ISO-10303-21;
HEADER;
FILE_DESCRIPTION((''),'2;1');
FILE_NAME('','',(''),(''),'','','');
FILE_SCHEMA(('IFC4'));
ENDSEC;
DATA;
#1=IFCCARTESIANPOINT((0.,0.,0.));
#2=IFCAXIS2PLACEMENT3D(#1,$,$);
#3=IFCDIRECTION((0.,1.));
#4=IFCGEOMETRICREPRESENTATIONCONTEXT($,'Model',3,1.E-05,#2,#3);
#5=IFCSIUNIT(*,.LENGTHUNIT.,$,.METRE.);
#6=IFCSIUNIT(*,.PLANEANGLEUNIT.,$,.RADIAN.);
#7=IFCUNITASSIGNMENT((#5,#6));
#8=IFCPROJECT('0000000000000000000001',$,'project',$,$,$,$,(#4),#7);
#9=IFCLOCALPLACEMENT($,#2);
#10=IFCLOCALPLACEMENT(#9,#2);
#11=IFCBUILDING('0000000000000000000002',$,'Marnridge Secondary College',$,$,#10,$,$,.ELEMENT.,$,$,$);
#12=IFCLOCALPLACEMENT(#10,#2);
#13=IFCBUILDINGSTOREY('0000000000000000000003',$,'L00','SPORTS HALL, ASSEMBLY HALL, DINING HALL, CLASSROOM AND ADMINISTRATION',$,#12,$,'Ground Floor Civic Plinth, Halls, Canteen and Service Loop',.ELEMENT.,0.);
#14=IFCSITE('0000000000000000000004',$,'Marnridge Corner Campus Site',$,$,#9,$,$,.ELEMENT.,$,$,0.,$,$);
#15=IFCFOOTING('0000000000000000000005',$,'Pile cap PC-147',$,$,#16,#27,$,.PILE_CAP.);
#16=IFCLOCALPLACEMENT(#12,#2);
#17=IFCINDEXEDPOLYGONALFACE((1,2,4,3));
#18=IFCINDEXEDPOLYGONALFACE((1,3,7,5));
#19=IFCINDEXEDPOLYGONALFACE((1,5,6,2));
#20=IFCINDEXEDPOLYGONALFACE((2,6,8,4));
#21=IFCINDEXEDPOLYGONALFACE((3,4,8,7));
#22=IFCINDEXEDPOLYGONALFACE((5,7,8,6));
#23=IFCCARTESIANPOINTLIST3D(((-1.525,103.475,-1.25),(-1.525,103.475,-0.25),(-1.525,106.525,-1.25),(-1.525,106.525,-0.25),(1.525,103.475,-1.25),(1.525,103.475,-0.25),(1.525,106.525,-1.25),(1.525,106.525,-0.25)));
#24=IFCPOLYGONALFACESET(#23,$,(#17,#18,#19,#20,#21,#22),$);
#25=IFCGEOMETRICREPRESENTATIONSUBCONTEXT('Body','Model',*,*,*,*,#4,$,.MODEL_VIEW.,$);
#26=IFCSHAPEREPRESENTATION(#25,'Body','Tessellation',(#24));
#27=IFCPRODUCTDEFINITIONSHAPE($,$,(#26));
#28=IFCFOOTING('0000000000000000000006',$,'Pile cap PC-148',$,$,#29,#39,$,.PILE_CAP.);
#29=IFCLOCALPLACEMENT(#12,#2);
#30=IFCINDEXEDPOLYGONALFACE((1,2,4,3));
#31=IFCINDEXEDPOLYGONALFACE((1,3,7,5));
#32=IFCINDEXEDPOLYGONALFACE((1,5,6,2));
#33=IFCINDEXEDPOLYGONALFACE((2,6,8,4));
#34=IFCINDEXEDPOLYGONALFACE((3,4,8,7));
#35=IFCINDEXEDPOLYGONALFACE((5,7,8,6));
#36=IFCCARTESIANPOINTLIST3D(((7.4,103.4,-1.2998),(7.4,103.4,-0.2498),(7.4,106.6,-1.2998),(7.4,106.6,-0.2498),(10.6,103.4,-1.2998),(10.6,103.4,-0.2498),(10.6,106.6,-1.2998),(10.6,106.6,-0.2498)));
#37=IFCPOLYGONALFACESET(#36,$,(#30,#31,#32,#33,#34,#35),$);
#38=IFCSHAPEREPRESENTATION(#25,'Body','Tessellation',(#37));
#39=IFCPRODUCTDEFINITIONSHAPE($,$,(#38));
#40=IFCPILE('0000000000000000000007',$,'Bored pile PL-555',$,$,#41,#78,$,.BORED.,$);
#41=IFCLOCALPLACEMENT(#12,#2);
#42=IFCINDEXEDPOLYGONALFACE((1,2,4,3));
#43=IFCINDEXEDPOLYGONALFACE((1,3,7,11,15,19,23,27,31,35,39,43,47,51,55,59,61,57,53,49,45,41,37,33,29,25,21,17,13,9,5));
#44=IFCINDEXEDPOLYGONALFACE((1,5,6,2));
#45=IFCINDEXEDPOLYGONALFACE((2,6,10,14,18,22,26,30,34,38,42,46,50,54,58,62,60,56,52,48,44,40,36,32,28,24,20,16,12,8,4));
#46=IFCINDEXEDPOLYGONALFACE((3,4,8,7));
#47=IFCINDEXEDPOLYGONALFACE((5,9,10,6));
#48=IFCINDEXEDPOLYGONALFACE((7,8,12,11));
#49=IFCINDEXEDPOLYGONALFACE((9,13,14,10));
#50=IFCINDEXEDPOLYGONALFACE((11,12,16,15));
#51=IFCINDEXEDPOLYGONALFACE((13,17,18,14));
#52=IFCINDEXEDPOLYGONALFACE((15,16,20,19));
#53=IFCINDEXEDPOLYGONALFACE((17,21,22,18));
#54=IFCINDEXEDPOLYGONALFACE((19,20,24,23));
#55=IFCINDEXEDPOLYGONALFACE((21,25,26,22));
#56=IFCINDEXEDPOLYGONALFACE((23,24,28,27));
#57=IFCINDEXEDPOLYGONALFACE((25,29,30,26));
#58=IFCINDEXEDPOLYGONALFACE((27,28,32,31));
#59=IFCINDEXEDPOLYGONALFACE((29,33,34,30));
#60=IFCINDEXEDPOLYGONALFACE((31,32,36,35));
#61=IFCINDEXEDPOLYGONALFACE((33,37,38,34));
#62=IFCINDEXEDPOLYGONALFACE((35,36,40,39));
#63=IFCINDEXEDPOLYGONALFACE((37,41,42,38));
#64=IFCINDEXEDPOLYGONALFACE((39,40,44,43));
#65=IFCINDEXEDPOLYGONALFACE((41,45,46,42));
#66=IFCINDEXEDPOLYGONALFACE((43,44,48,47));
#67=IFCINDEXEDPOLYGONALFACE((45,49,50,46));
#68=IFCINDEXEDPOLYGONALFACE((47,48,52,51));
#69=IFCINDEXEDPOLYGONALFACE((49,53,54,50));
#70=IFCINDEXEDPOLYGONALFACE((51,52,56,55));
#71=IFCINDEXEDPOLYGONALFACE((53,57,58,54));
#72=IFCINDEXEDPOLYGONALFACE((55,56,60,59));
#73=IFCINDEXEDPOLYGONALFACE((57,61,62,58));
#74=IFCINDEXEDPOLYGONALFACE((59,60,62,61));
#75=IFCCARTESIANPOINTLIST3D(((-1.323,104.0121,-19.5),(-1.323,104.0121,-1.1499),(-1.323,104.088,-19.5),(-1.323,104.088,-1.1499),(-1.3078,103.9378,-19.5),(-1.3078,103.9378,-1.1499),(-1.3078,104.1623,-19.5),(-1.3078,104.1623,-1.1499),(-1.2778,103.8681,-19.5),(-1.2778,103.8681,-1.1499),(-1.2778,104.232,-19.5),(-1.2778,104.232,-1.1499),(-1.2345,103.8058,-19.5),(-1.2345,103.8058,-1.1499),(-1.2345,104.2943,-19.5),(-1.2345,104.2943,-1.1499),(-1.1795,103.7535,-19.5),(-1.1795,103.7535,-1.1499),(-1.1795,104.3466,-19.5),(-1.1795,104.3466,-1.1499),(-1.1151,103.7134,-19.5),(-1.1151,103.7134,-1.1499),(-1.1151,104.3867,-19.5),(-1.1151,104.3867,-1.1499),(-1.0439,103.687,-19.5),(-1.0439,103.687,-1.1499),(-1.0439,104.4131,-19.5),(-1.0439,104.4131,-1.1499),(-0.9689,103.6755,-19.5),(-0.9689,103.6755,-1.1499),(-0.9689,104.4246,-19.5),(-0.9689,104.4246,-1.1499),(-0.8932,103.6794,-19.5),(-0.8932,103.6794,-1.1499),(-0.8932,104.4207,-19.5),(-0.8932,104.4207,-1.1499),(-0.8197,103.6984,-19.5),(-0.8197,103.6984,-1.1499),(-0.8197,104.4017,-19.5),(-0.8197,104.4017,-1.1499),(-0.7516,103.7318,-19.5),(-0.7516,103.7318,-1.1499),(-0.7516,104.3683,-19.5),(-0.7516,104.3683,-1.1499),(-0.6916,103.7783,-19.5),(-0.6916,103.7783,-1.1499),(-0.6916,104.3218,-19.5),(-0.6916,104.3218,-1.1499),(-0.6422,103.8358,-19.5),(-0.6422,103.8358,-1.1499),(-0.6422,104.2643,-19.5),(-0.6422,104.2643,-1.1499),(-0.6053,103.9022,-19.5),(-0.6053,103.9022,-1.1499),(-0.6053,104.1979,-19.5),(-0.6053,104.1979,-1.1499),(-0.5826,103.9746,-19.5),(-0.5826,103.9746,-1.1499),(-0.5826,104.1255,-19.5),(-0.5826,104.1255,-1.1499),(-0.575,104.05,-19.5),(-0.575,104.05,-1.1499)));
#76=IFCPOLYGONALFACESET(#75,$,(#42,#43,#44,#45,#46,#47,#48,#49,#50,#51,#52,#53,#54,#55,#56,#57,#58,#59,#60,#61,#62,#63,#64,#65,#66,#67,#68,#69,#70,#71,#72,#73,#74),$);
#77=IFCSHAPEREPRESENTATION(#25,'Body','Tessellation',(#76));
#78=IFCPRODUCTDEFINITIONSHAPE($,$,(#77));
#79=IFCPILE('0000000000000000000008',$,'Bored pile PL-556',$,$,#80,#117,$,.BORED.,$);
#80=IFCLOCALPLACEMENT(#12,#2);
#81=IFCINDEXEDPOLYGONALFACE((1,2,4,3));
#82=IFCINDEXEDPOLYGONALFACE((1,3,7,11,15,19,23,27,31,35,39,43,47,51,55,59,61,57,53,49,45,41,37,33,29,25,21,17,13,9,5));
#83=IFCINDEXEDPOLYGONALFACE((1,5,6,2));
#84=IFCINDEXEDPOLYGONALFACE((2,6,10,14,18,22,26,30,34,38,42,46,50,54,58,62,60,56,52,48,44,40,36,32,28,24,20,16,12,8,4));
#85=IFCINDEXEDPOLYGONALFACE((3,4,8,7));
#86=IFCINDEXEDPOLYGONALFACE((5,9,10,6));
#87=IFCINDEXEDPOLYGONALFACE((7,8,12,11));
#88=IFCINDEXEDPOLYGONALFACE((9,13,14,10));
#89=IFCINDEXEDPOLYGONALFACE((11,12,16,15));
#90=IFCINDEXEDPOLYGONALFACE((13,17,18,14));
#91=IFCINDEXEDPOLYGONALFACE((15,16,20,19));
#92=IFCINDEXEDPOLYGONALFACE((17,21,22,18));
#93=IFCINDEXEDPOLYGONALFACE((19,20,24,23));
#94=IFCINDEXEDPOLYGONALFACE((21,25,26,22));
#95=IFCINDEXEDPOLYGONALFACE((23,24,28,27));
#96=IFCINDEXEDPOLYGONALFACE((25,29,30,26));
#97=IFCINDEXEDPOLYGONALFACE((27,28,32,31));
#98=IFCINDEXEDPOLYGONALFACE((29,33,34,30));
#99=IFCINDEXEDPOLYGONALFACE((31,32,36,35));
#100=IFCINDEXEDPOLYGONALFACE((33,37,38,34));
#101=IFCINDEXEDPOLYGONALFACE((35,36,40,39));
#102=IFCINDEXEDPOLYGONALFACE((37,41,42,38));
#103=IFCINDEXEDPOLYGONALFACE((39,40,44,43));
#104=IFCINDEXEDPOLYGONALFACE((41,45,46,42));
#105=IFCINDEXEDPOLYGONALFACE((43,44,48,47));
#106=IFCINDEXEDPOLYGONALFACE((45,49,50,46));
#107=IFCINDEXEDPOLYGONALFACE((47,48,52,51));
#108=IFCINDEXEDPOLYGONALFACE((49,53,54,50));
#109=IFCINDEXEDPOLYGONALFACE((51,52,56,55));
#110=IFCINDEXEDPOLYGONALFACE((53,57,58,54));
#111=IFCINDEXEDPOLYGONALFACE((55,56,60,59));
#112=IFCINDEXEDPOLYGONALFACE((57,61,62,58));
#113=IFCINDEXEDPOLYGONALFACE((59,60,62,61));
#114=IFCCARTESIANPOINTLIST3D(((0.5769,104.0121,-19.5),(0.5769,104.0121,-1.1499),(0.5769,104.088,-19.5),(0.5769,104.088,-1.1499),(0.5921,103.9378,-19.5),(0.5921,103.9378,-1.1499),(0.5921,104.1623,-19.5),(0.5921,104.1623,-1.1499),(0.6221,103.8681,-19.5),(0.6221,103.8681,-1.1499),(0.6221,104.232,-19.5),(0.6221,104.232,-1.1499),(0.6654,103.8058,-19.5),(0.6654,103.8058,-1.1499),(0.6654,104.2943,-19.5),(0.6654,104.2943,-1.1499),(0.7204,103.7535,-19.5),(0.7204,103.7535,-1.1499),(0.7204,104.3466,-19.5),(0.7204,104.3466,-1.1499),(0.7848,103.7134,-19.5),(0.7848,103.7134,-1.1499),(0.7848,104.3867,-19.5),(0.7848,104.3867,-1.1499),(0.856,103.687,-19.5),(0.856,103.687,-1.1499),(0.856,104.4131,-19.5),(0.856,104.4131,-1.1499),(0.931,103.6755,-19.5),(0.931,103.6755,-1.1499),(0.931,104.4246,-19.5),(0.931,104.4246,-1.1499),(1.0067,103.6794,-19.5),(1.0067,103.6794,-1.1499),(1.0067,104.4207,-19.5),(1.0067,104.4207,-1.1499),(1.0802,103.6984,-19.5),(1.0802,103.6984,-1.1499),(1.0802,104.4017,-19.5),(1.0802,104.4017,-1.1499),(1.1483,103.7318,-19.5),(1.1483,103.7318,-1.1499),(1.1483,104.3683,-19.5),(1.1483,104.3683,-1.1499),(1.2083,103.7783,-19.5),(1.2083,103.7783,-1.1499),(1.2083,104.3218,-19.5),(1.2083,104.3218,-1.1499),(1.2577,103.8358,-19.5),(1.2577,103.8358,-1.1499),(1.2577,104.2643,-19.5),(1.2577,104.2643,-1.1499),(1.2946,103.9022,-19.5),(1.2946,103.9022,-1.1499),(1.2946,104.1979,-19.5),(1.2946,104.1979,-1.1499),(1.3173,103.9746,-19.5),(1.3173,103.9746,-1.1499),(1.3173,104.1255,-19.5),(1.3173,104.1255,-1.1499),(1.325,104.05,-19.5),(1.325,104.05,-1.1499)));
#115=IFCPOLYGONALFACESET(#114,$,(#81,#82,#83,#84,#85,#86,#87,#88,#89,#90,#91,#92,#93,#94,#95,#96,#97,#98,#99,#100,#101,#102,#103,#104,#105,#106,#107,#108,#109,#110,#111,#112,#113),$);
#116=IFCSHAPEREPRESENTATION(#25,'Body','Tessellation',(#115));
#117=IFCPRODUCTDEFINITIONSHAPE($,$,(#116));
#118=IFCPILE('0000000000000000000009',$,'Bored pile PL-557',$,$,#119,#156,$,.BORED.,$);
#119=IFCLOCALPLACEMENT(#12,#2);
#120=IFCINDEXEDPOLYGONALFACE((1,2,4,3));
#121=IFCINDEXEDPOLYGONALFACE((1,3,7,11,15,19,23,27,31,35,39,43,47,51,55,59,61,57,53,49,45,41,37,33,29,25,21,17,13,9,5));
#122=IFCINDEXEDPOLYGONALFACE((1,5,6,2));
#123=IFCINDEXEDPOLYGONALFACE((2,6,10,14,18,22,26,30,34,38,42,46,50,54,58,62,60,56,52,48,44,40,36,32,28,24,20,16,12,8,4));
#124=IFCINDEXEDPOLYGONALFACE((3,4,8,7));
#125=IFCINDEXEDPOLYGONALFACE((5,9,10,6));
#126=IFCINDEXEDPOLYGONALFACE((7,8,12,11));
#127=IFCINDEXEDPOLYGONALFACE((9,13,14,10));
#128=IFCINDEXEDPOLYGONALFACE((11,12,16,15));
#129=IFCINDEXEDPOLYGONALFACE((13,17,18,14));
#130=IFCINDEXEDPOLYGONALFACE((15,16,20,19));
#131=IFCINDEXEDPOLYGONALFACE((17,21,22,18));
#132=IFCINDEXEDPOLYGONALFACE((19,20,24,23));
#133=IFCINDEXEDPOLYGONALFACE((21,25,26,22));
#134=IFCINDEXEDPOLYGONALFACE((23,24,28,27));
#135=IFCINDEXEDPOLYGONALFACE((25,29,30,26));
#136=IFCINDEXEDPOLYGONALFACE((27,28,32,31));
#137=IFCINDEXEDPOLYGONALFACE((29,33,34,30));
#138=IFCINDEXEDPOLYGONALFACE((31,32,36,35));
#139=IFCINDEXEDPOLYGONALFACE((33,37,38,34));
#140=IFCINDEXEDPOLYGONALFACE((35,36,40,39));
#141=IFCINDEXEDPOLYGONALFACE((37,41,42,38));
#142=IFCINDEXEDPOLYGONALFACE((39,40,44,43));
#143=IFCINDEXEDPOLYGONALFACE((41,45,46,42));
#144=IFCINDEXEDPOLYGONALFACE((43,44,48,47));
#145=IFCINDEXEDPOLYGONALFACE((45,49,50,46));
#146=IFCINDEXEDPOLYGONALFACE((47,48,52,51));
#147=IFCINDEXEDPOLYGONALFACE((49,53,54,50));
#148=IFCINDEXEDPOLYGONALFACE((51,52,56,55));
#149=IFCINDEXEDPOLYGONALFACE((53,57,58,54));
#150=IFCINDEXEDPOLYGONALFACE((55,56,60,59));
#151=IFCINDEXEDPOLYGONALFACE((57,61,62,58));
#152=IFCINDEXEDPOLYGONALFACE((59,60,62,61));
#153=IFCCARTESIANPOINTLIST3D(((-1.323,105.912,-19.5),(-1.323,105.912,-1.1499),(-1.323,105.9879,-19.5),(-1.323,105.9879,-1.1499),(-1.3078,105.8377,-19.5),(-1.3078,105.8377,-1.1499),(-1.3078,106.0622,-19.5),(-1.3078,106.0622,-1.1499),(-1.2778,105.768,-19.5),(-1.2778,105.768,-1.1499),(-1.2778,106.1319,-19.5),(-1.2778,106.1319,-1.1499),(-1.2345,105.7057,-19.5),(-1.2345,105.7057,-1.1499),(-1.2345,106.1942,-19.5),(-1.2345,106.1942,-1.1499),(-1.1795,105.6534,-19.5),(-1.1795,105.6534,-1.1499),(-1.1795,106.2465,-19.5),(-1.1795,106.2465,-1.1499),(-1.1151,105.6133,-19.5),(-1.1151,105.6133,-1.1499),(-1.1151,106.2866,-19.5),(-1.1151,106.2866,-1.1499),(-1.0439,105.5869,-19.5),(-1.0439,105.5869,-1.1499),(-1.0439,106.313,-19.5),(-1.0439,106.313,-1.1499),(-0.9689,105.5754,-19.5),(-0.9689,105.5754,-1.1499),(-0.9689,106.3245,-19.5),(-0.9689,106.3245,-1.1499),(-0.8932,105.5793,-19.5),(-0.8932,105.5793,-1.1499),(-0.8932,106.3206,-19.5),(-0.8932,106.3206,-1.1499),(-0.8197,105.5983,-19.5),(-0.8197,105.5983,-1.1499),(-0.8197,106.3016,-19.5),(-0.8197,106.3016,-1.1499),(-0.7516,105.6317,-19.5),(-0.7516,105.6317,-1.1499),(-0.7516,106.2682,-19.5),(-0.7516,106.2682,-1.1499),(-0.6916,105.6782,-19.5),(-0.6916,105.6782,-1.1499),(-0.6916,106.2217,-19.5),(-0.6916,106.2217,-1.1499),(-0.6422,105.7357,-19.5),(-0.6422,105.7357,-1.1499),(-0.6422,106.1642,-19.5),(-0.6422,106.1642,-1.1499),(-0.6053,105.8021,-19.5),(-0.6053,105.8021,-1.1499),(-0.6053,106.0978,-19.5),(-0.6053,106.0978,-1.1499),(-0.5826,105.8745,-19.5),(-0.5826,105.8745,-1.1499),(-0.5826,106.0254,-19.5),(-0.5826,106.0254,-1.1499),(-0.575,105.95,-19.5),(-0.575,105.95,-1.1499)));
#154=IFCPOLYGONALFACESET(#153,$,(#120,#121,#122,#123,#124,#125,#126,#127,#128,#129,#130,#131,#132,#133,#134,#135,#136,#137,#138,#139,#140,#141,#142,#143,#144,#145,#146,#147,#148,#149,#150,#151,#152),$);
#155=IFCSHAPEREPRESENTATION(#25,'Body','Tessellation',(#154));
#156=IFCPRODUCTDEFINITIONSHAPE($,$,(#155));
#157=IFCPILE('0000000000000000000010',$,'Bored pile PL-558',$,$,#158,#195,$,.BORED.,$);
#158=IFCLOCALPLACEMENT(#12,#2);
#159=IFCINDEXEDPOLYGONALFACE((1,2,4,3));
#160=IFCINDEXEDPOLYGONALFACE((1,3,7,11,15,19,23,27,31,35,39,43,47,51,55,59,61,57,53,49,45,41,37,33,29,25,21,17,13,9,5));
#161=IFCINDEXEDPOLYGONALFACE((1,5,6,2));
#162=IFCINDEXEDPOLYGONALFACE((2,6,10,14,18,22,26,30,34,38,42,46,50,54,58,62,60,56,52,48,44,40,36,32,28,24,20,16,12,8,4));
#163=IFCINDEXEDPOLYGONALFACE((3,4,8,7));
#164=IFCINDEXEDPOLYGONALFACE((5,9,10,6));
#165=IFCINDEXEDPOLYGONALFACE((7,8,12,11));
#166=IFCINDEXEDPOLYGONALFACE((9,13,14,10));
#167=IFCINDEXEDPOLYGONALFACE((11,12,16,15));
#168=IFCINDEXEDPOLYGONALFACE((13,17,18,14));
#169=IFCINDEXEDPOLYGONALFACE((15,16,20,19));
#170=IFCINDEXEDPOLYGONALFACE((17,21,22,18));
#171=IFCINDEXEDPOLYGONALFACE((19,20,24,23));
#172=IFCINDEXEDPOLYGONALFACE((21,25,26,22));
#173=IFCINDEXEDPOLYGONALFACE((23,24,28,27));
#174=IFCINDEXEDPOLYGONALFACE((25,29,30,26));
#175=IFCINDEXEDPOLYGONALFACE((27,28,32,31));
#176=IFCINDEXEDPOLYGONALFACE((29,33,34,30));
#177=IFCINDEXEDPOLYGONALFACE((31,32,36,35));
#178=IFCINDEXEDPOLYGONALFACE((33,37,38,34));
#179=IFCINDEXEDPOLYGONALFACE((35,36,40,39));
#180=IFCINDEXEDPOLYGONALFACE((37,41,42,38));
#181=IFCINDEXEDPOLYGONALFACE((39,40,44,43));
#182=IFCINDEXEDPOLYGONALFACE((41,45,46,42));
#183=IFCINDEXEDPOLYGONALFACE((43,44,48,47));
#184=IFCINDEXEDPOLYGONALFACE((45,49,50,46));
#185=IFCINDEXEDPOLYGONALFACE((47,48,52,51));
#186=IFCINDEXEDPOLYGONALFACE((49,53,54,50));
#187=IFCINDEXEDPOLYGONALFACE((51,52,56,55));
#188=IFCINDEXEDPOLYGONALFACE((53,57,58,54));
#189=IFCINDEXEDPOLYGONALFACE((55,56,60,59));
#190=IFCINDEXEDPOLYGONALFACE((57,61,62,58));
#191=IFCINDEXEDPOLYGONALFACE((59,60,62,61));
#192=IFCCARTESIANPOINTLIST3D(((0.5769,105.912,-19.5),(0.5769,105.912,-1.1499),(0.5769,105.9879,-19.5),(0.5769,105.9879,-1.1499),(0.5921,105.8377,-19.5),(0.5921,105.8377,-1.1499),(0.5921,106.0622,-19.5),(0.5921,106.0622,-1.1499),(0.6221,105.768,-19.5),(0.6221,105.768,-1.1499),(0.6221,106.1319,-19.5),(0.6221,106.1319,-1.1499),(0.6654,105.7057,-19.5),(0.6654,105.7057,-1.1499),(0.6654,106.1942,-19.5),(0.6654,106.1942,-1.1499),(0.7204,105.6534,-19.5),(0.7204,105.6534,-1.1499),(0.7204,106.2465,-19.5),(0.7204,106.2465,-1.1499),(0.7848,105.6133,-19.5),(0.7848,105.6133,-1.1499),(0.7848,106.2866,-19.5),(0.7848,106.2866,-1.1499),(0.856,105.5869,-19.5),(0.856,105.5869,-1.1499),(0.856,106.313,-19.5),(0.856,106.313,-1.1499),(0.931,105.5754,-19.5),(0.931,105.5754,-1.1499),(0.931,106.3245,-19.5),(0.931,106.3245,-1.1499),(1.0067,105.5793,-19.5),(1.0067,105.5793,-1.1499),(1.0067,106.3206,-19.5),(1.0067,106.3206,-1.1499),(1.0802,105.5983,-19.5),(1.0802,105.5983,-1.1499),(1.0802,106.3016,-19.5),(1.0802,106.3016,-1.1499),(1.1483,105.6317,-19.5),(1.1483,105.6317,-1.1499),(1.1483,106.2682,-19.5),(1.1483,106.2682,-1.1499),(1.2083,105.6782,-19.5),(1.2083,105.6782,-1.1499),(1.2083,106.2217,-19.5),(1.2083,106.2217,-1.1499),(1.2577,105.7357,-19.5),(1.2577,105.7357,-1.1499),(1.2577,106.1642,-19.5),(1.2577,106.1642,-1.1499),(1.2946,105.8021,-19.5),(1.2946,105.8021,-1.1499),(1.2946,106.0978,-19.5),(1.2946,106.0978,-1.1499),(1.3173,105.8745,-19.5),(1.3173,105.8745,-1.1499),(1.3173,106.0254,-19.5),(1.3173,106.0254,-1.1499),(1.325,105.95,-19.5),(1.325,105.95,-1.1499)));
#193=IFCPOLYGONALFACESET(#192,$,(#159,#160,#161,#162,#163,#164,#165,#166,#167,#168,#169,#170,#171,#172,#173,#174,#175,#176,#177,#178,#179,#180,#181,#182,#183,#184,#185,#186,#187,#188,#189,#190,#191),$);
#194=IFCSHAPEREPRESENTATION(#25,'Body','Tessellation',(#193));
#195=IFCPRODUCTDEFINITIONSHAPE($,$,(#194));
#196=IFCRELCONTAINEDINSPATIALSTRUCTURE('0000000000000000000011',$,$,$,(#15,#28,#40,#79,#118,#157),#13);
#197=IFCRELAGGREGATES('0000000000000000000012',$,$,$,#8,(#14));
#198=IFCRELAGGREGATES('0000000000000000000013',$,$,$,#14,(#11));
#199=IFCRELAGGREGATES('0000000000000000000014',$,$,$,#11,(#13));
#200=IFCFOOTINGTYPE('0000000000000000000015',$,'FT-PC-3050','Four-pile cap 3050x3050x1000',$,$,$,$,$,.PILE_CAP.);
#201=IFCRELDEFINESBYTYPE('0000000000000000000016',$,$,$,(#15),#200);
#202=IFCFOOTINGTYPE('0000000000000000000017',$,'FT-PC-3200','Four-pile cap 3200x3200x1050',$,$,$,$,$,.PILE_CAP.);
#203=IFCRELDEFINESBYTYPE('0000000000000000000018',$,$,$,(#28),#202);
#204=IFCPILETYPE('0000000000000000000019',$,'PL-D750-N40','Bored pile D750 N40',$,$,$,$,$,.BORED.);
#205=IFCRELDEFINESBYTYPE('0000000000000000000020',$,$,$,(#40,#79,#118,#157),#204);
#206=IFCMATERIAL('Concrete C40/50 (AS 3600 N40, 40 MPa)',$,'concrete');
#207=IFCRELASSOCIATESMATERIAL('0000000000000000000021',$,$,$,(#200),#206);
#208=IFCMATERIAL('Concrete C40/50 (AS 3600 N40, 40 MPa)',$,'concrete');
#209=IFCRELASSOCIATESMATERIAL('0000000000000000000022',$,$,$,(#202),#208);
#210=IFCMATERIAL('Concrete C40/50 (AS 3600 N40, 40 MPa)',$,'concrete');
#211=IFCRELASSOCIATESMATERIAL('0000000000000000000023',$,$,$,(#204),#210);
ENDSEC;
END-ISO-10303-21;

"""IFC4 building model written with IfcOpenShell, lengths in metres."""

from ifc_helpers import new_model, si_unit, direction, frame, origin, origin_2d, place, context, subcontext, project, spatial, rectangle, circle, extrude, material, material_profile, profile_set, type_object, element, save


model = new_model("IFC4")

# Units and contexts
model_context = context("Model", 3, precision=1e-05, world=origin(), true_north=direction((0.0, 1.0)))
body_context = subcontext(model_context, "Body", "Model", "MODEL_VIEW")
ifc_project = project(units=[si_unit("LENGTHUNIT", "METRE"), si_unit("PLANEANGLEUNIT", "RADIAN")], contexts=[model_context])

# Site, building, storey
site_placement = place(None, origin())
site = spatial("IfcSite", under=ifc_project, at=site_placement, Name="Marnridge Corner Campus Site", CompositionType="ELEMENT", RefElevation=0.0)
building_placement = place(site_placement, origin())
building = spatial("IfcBuilding", under=site, at=building_placement, Name="Marnridge Secondary College", CompositionType="ELEMENT")
storey_placement = place(building_placement, origin())
storey = spatial("IfcBuildingStorey", under=building, at=storey_placement, Name="L00", Description="SPORTS HALL, ASSEMBLY HALL, DINING HALL, CLASSROOM AND ADMINISTRATION", LongName="Ground Floor Civic Plinth, Halls, Canteen and Service Loop", CompositionType="ELEMENT", Elevation=0.0)

# Footings
ifc_material_1 = material(Name="Concrete C40/50 (AS 3600 N40, 40 MPa)", Category="concrete")
footing_type_1 = type_object("IfcFootingType", Name="FT-PC-3050", Description="Four-pile cap 3050x3050x1000", PredefinedType="PILE_CAP", material=ifc_material_1)
footing_1_placement = place(storey_placement, frame((0.0, 105.0, -1.25), z_axis=(0.0, 0.0, 1.0), x_axis=(1.0, 0.0, 0.0)))
element("IfcFooting", 1, at=footing_1_placement, inside=storey, type_object=footing_type_1, Name="Pile cap PC-147", PredefinedType="PILE_CAP", context=body_context, shape_type="SweptSolid", body=[
    extrude(rectangle(XDim=3.05, YDim=3.05, at=origin_2d()), origin(), (0.0, 0.0, 1.0), 1.0),
])
ifc_material_2 = material(Name="Concrete C40/50 (AS 3600 N40, 40 MPa)", Category="concrete")
footing_type_2 = type_object("IfcFootingType", Name="FT-PC-3200", Description="Four-pile cap 3200x3200x1050", PredefinedType="PILE_CAP", material=ifc_material_2)
footing_2_placement = place(storey_placement, frame((9.0, 105.0, -1.2998), z_axis=(0.0, 0.0, 1.0), x_axis=(1.0, 0.0, 0.0)))
element("IfcFooting", 2, at=footing_2_placement, inside=storey, type_object=footing_type_2, Name="Pile cap PC-148", PredefinedType="PILE_CAP", context=body_context, shape_type="SweptSolid", body=[
    extrude(rectangle(XDim=3.2, YDim=3.2, at=origin_2d()), origin(), (0.0, 0.0, 1.0), 1.05),
])

# Piles
ifc_material_3 = material(Name="Concrete C40/50 (AS 3600 N40, 40 MPa)", Category="concrete")
ifc_material_profile_1 = material_profile(ifc_material_3, circle(Radius=0.375, at=origin_2d()), Name="PILE D750")
ifc_profile_set_1 = profile_set([ifc_material_profile_1], Name="Concrete C40/50 (AS 3600 N40, 40 MPa)")
pile_type = type_object("IfcPileType", Name="PL-D750-N40", Description="Bored pile D750 N40", PredefinedType="BORED", material=ifc_profile_set_1)
for number, where, z_axis, x_axis, name in (
    (3, (-0.95, 104.05, -1.1499), (0.0, 0.0, -1.0), (1.0, 0.0, 0.0), "Bored pile PL-555"),
    (4, (0.95, 104.05, -1.1499), (0.0, 0.0, -1.0), (1.0, 0.0, 0.0), "Bored pile PL-556"),
    (5, (-0.95, 105.95, -1.1499), (0.0, 0.0, -1.0), (1.0, 0.0, 0.0), "Bored pile PL-557"),
    (6, (0.95, 105.95, -1.1499), (0.0, 0.0, -1.0), (1.0, 0.0, 0.0), "Bored pile PL-558"),
):
    element("IfcPile", number, at=place(storey_placement, frame(where, z_axis=z_axis, x_axis=x_axis)), inside=storey, type_object=pile_type, Name=name, PredefinedType="BORED", context=body_context, shape_type="SweptSolid", body=[
        extrude(circle(Radius=0.375, at=origin_2d()), origin(), (0.0, 0.0, 1.0), 18.3501),
    ])

save(model, "model.ifc")
